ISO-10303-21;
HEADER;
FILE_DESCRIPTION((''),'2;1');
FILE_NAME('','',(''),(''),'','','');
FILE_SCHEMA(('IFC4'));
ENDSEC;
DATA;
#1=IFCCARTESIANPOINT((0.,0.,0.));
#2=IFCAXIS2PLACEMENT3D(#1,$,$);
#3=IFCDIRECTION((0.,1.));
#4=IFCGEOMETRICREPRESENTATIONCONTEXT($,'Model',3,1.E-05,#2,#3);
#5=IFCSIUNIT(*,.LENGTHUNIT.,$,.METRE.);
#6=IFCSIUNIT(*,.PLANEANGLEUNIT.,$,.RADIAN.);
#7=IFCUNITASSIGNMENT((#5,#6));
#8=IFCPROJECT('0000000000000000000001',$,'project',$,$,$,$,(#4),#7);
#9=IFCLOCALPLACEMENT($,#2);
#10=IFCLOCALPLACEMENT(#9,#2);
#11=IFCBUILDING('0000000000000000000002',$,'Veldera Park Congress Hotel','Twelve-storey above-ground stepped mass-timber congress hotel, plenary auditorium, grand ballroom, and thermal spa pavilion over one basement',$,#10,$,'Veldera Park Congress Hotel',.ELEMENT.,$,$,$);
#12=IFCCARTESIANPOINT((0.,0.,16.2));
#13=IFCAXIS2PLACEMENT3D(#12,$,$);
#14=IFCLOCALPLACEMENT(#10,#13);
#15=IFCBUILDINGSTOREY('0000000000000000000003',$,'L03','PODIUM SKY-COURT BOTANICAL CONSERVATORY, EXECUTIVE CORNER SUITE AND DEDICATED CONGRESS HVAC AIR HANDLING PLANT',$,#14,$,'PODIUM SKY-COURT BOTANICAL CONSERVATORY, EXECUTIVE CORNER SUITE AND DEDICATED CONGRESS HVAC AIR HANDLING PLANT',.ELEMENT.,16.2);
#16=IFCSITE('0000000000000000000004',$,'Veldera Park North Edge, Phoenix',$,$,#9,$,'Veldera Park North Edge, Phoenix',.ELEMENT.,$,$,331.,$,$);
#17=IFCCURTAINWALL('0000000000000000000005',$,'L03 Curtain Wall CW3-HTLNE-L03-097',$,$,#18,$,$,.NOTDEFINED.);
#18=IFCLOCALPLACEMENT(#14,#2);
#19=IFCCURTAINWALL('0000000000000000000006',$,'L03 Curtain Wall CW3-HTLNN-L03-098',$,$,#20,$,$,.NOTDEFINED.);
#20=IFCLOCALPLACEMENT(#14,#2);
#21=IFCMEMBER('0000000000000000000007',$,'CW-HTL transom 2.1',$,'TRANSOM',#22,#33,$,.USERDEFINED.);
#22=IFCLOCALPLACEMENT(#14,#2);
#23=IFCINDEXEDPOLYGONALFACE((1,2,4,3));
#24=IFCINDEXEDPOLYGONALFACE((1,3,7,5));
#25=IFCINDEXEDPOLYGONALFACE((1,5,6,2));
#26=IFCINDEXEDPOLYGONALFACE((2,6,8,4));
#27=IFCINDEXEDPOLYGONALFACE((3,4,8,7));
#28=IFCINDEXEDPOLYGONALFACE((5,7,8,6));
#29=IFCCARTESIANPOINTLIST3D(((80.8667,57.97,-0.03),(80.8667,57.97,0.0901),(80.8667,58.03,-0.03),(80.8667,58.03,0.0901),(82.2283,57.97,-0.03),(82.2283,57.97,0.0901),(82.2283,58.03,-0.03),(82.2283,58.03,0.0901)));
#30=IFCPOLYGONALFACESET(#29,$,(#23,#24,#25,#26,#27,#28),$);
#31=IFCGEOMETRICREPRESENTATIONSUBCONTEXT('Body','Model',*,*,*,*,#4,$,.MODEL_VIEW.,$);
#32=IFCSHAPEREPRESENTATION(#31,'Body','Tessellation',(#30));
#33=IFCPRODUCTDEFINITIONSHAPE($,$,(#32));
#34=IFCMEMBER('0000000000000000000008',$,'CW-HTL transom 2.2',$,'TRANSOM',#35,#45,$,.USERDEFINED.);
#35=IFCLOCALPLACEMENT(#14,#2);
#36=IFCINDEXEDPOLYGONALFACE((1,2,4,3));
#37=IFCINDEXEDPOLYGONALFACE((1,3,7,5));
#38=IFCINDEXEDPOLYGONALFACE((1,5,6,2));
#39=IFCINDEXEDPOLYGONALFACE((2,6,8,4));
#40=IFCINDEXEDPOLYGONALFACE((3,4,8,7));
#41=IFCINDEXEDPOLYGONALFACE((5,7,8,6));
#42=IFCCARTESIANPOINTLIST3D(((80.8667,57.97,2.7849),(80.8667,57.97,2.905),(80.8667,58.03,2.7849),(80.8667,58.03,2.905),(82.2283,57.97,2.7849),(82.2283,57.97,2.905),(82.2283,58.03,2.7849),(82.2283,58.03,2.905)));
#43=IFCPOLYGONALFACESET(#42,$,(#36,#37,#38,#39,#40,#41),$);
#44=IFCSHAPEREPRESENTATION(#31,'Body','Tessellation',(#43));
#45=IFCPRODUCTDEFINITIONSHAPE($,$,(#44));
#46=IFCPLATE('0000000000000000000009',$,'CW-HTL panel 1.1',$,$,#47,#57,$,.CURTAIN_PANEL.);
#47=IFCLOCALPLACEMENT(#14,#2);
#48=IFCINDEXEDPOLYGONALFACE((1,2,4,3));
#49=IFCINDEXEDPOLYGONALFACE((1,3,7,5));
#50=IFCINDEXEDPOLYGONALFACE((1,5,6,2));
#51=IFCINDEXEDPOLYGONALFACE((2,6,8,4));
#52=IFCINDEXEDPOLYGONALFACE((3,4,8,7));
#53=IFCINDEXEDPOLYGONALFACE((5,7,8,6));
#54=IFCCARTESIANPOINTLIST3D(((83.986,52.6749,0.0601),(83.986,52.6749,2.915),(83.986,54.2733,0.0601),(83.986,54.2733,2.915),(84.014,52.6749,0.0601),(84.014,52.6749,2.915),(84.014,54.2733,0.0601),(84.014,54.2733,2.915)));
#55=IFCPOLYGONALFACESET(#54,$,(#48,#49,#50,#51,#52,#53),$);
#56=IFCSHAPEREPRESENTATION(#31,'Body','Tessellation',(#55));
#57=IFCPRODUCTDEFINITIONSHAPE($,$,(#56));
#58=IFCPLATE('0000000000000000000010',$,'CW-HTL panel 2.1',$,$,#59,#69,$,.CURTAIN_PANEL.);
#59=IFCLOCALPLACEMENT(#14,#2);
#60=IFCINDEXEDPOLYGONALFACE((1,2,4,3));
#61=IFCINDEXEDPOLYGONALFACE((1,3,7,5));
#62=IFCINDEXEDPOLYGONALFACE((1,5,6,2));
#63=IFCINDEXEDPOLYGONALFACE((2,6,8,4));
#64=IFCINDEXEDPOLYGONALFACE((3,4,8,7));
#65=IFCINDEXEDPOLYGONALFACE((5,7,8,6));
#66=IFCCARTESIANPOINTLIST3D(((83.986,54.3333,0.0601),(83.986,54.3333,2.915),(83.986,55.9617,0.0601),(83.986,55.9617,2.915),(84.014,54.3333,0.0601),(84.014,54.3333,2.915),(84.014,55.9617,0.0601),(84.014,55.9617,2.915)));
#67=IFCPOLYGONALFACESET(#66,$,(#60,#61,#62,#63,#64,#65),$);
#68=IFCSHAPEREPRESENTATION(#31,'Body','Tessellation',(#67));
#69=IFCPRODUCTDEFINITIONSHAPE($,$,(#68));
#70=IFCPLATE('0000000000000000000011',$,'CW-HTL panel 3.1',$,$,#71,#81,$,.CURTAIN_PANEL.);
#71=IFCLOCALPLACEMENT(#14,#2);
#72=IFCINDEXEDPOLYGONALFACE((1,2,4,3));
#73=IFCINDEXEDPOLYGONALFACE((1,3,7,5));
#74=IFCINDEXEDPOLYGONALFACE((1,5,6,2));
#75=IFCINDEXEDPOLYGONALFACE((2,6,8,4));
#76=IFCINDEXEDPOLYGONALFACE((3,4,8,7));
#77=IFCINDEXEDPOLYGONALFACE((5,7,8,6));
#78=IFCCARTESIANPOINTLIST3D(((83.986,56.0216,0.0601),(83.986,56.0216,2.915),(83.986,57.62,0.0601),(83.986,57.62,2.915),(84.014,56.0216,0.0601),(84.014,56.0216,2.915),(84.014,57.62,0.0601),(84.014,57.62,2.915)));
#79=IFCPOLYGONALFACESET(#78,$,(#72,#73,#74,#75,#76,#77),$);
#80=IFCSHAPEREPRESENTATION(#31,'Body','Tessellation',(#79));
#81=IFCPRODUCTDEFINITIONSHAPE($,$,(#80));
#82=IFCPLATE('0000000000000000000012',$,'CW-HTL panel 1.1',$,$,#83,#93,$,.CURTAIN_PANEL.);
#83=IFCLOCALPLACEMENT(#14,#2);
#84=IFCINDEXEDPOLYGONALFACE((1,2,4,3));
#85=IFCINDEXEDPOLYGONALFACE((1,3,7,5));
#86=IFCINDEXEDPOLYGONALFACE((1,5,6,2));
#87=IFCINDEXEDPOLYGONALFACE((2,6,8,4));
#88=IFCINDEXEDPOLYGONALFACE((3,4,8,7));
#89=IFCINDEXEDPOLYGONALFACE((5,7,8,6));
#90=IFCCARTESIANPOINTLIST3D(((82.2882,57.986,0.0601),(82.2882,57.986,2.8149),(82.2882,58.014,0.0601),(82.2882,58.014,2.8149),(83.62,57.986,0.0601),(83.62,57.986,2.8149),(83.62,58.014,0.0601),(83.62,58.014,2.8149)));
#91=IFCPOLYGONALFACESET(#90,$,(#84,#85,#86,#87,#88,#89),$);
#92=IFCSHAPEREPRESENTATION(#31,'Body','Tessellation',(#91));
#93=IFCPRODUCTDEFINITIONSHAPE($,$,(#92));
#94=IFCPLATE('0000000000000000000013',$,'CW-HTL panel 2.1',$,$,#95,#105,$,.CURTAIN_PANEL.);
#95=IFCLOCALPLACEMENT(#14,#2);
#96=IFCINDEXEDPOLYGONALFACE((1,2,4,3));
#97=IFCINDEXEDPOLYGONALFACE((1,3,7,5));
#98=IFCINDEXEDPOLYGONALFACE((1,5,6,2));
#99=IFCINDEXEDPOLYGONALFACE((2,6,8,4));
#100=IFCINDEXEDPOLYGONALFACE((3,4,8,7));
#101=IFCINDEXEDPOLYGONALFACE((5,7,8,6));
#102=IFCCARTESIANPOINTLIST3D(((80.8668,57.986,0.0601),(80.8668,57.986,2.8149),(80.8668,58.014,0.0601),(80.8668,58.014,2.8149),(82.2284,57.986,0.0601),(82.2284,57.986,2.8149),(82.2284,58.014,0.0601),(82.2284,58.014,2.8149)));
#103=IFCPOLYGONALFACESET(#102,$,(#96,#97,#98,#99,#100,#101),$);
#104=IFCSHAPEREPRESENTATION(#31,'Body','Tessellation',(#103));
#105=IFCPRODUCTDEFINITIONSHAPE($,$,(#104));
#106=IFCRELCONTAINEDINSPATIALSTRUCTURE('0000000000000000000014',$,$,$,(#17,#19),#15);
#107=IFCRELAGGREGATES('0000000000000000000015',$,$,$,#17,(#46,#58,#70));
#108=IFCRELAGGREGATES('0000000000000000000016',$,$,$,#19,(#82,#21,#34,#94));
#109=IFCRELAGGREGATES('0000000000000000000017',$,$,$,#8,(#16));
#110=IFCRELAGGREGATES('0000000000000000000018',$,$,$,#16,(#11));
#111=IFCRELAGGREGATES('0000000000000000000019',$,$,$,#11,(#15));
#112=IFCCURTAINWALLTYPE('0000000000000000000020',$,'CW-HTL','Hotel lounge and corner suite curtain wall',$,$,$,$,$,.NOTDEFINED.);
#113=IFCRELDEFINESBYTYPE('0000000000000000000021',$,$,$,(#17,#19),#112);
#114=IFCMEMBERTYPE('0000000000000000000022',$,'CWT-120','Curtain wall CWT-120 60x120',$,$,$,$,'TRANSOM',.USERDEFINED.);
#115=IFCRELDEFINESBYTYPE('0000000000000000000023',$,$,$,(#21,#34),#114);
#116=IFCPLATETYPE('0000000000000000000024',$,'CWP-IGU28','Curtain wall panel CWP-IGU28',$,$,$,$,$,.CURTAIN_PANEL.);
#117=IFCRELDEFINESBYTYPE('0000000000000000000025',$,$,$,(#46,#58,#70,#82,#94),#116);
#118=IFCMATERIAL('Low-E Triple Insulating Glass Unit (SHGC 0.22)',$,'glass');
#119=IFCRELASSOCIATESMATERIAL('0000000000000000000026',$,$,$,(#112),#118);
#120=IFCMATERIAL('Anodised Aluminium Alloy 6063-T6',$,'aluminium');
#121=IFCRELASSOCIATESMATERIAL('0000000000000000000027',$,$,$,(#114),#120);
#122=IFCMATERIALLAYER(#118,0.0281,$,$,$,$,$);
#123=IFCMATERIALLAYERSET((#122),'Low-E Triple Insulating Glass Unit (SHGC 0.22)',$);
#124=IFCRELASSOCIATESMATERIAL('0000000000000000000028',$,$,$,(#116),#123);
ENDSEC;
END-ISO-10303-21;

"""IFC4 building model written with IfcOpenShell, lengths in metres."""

from ifc_helpers import new_model, si_unit, direction, frame, origin, origin_2d, place, context, subcontext, project, spatial, rectangle, extrude, material, layer, layer_set, material_profile, profile_set, type_object, element, aggregate, save


model = new_model("IFC4")

# Units and contexts
model_context = context("Model", 3, precision=1e-05, world=origin(), true_north=direction((0.0, 1.0)))
body_context = subcontext(model_context, "Body", "Model", "MODEL_VIEW")
ifc_project = project(units=[si_unit("LENGTHUNIT", "METRE"), si_unit("PLANEANGLEUNIT", "RADIAN")], contexts=[model_context])

# Site, building, storey
site_placement = place(None, origin())
site = spatial("IfcSite", under=ifc_project, at=site_placement, Name="Veldera Park North Edge, Phoenix", LongName="Veldera Park North Edge, Phoenix", CompositionType="ELEMENT", RefElevation=331.0)
building_placement = place(site_placement, origin())
building = spatial("IfcBuilding", under=site, at=building_placement, Name="Veldera Park Congress Hotel", Description="Twelve-storey above-ground stepped mass-timber congress hotel, plenary auditorium, grand ballroom, and thermal spa pavilion over one basement", LongName="Veldera Park Congress Hotel", CompositionType="ELEMENT")
storey_placement = place(building_placement, frame((0.0, 0.0, 16.2)))
storey = spatial("IfcBuildingStorey", under=building, at=storey_placement, Name="L03", Description="PODIUM SKY-COURT BOTANICAL CONSERVATORY, EXECUTIVE CORNER SUITE AND DEDICATED CONGRESS HVAC AIR HANDLING PLANT", LongName="PODIUM SKY-COURT BOTANICAL CONSERVATORY, EXECUTIVE CORNER SUITE AND DEDICATED CONGRESS HVAC AIR HANDLING PLANT", CompositionType="ELEMENT", Elevation=16.2)

# Curtain walls
ifc_material_1 = material(Name="Low-E Triple Insulating Glass Unit (SHGC 0.22)", Category="glass")
curtain_wall_type = type_object("IfcCurtainWallType", Name="CW-HTL", Description="Hotel lounge and corner suite curtain wall", PredefinedType="NOTDEFINED", material=ifc_material_1)
curtain_wall_1_placement = place(storey_placement, origin())
curtain_wall_1 = element("IfcCurtainWall", 1, at=curtain_wall_1_placement, inside=storey, type_object=curtain_wall_type, Name="L03 Curtain Wall CW3-HTLNE-L03-097", PredefinedType="NOTDEFINED")
ifc_material_2 = material(Name="Anodised Aluminium Alloy 6063-T6", Category="aluminium")
curtain_wall_2_placement = place(storey_placement, origin())
curtain_wall_2 = element("IfcCurtainWall", 2, at=curtain_wall_2_placement, inside=storey, type_object=curtain_wall_type, Name="L03 Curtain Wall CW3-HTLNN-L03-098", PredefinedType="NOTDEFINED")

# Members
ifc_material_profile_1 = material_profile(ifc_material_2, rectangle(XDim=0.0601, YDim=0.1201, at=origin_2d()), Name="ALU 60x120")
ifc_profile_set_1 = profile_set([ifc_material_profile_1], Name="Anodised Aluminium Alloy 6063-T6")
member_type_1 = type_object("IfcMemberType", Name="CWT-120", Description="Curtain wall CWT-120 60x120", ElementType="TRANSOM", PredefinedType="USERDEFINED", material=ifc_profile_set_1)
member_1_placement = place(storey_placement, frame((82.2283, 58.0, 0.03), z_axis=(-1.0, 0.0, 0.0), x_axis=(0.0, -1.0, 0.0)))
member_1 = element("IfcMember", 3, at=member_1_placement, type_object=member_type_1, Name="CW-HTL transom 2.1", ObjectType="TRANSOM", PredefinedType="USERDEFINED", context=body_context, shape_type="SweptSolid", body=[
    extrude(rectangle(XDim=0.0601, YDim=0.1201, at=origin_2d()), origin(), (0.0, 0.0, 1.0), 1.3616),
])
member_2_placement = place(storey_placement, frame((82.2283, 58.0, 2.845), z_axis=(-1.0, 0.0, 0.0), x_axis=(0.0, -1.0, 0.0)))
member_2 = element("IfcMember", 4, at=member_2_placement, type_object=member_type_1, Name="CW-HTL transom 2.2", ObjectType="TRANSOM", PredefinedType="USERDEFINED", context=body_context, shape_type="SweptSolid", body=[
    extrude(rectangle(XDim=0.0601, YDim=0.1201, at=origin_2d()), origin(), (0.0, 0.0, 1.0), 1.3616),
])

# Plates
ifc_layer = layer(ifc_material_1, 0.0281)
ifc_layer_set = layer_set([ifc_layer], Name="Low-E Triple Insulating Glass Unit (SHGC 0.22)")
plate_type = type_object("IfcPlateType", Name="CWP-IGU28", Description="Curtain wall panel CWP-IGU28", PredefinedType="CURTAIN_PANEL", material=ifc_layer_set)
plate_1_placement = place(storey_placement, frame((84.0, 53.4741, 0.0601), z_axis=(0.0, 0.0, 1.0), x_axis=(0.0, 1.0, 0.0)))
plate_1 = element("IfcPlate", 5, at=plate_1_placement, type_object=plate_type, Name="CW-HTL panel 1.1", PredefinedType="CURTAIN_PANEL", context=body_context, shape_type="SweptSolid", body=[
    extrude(rectangle(XDim=1.5984, YDim=0.0281, at=origin_2d()), origin(), (0.0, 0.0, 1.0), 2.855),
])
plate_2_placement = place(storey_placement, frame((84.0, 55.1475, 0.0601), z_axis=(0.0, 0.0, 1.0), x_axis=(0.0, 1.0, 0.0)))
plate_2 = element("IfcPlate", 6, at=plate_2_placement, type_object=plate_type, Name="CW-HTL panel 2.1", PredefinedType="CURTAIN_PANEL", context=body_context, shape_type="SweptSolid", body=[
    extrude(rectangle(XDim=1.6284, YDim=0.0281, at=origin_2d()), origin(), (0.0, 0.0, 1.0), 2.855),
])
plate_3_placement = place(storey_placement, frame((84.0, 56.8208, 0.0601), z_axis=(0.0, 0.0, 1.0), x_axis=(0.0, 1.0, 0.0)))
plate_3 = element("IfcPlate", 7, at=plate_3_placement, type_object=plate_type, Name="CW-HTL panel 3.1", PredefinedType="CURTAIN_PANEL", context=body_context, shape_type="SweptSolid", body=[
    extrude(rectangle(XDim=1.5984, YDim=0.0281, at=origin_2d()), origin(), (0.0, 0.0, 1.0), 2.855),
])
aggregate(curtain_wall_1, [plate_1, plate_2, plate_3])
plate_4_placement = place(storey_placement, frame((82.9541, 58.0, 0.0601), z_axis=(0.0, 0.0, 1.0), x_axis=(-1.0, 0.0, 0.0)))
plate_4 = element("IfcPlate", 8, at=plate_4_placement, type_object=plate_type, Name="CW-HTL panel 1.1", PredefinedType="CURTAIN_PANEL", context=body_context, shape_type="SweptSolid", body=[
    extrude(rectangle(XDim=1.3318, YDim=0.0281, at=origin_2d()), origin(), (0.0, 0.0, 1.0), 2.7549),
])
plate_5_placement = place(storey_placement, frame((81.5476, 58.0, 0.0601), z_axis=(0.0, 0.0, 1.0), x_axis=(-1.0, 0.0, 0.0)))
plate_5 = element("IfcPlate", 9, at=plate_5_placement, type_object=plate_type, Name="CW-HTL panel 2.1", PredefinedType="CURTAIN_PANEL", context=body_context, shape_type="SweptSolid", body=[
    extrude(rectangle(XDim=1.3616, YDim=0.0281, at=origin_2d()), origin(), (0.0, 0.0, 1.0), 2.7549),
])
aggregate(curtain_wall_2, [plate_4, member_1, member_2, plate_5])

save(model, "model.ifc")
